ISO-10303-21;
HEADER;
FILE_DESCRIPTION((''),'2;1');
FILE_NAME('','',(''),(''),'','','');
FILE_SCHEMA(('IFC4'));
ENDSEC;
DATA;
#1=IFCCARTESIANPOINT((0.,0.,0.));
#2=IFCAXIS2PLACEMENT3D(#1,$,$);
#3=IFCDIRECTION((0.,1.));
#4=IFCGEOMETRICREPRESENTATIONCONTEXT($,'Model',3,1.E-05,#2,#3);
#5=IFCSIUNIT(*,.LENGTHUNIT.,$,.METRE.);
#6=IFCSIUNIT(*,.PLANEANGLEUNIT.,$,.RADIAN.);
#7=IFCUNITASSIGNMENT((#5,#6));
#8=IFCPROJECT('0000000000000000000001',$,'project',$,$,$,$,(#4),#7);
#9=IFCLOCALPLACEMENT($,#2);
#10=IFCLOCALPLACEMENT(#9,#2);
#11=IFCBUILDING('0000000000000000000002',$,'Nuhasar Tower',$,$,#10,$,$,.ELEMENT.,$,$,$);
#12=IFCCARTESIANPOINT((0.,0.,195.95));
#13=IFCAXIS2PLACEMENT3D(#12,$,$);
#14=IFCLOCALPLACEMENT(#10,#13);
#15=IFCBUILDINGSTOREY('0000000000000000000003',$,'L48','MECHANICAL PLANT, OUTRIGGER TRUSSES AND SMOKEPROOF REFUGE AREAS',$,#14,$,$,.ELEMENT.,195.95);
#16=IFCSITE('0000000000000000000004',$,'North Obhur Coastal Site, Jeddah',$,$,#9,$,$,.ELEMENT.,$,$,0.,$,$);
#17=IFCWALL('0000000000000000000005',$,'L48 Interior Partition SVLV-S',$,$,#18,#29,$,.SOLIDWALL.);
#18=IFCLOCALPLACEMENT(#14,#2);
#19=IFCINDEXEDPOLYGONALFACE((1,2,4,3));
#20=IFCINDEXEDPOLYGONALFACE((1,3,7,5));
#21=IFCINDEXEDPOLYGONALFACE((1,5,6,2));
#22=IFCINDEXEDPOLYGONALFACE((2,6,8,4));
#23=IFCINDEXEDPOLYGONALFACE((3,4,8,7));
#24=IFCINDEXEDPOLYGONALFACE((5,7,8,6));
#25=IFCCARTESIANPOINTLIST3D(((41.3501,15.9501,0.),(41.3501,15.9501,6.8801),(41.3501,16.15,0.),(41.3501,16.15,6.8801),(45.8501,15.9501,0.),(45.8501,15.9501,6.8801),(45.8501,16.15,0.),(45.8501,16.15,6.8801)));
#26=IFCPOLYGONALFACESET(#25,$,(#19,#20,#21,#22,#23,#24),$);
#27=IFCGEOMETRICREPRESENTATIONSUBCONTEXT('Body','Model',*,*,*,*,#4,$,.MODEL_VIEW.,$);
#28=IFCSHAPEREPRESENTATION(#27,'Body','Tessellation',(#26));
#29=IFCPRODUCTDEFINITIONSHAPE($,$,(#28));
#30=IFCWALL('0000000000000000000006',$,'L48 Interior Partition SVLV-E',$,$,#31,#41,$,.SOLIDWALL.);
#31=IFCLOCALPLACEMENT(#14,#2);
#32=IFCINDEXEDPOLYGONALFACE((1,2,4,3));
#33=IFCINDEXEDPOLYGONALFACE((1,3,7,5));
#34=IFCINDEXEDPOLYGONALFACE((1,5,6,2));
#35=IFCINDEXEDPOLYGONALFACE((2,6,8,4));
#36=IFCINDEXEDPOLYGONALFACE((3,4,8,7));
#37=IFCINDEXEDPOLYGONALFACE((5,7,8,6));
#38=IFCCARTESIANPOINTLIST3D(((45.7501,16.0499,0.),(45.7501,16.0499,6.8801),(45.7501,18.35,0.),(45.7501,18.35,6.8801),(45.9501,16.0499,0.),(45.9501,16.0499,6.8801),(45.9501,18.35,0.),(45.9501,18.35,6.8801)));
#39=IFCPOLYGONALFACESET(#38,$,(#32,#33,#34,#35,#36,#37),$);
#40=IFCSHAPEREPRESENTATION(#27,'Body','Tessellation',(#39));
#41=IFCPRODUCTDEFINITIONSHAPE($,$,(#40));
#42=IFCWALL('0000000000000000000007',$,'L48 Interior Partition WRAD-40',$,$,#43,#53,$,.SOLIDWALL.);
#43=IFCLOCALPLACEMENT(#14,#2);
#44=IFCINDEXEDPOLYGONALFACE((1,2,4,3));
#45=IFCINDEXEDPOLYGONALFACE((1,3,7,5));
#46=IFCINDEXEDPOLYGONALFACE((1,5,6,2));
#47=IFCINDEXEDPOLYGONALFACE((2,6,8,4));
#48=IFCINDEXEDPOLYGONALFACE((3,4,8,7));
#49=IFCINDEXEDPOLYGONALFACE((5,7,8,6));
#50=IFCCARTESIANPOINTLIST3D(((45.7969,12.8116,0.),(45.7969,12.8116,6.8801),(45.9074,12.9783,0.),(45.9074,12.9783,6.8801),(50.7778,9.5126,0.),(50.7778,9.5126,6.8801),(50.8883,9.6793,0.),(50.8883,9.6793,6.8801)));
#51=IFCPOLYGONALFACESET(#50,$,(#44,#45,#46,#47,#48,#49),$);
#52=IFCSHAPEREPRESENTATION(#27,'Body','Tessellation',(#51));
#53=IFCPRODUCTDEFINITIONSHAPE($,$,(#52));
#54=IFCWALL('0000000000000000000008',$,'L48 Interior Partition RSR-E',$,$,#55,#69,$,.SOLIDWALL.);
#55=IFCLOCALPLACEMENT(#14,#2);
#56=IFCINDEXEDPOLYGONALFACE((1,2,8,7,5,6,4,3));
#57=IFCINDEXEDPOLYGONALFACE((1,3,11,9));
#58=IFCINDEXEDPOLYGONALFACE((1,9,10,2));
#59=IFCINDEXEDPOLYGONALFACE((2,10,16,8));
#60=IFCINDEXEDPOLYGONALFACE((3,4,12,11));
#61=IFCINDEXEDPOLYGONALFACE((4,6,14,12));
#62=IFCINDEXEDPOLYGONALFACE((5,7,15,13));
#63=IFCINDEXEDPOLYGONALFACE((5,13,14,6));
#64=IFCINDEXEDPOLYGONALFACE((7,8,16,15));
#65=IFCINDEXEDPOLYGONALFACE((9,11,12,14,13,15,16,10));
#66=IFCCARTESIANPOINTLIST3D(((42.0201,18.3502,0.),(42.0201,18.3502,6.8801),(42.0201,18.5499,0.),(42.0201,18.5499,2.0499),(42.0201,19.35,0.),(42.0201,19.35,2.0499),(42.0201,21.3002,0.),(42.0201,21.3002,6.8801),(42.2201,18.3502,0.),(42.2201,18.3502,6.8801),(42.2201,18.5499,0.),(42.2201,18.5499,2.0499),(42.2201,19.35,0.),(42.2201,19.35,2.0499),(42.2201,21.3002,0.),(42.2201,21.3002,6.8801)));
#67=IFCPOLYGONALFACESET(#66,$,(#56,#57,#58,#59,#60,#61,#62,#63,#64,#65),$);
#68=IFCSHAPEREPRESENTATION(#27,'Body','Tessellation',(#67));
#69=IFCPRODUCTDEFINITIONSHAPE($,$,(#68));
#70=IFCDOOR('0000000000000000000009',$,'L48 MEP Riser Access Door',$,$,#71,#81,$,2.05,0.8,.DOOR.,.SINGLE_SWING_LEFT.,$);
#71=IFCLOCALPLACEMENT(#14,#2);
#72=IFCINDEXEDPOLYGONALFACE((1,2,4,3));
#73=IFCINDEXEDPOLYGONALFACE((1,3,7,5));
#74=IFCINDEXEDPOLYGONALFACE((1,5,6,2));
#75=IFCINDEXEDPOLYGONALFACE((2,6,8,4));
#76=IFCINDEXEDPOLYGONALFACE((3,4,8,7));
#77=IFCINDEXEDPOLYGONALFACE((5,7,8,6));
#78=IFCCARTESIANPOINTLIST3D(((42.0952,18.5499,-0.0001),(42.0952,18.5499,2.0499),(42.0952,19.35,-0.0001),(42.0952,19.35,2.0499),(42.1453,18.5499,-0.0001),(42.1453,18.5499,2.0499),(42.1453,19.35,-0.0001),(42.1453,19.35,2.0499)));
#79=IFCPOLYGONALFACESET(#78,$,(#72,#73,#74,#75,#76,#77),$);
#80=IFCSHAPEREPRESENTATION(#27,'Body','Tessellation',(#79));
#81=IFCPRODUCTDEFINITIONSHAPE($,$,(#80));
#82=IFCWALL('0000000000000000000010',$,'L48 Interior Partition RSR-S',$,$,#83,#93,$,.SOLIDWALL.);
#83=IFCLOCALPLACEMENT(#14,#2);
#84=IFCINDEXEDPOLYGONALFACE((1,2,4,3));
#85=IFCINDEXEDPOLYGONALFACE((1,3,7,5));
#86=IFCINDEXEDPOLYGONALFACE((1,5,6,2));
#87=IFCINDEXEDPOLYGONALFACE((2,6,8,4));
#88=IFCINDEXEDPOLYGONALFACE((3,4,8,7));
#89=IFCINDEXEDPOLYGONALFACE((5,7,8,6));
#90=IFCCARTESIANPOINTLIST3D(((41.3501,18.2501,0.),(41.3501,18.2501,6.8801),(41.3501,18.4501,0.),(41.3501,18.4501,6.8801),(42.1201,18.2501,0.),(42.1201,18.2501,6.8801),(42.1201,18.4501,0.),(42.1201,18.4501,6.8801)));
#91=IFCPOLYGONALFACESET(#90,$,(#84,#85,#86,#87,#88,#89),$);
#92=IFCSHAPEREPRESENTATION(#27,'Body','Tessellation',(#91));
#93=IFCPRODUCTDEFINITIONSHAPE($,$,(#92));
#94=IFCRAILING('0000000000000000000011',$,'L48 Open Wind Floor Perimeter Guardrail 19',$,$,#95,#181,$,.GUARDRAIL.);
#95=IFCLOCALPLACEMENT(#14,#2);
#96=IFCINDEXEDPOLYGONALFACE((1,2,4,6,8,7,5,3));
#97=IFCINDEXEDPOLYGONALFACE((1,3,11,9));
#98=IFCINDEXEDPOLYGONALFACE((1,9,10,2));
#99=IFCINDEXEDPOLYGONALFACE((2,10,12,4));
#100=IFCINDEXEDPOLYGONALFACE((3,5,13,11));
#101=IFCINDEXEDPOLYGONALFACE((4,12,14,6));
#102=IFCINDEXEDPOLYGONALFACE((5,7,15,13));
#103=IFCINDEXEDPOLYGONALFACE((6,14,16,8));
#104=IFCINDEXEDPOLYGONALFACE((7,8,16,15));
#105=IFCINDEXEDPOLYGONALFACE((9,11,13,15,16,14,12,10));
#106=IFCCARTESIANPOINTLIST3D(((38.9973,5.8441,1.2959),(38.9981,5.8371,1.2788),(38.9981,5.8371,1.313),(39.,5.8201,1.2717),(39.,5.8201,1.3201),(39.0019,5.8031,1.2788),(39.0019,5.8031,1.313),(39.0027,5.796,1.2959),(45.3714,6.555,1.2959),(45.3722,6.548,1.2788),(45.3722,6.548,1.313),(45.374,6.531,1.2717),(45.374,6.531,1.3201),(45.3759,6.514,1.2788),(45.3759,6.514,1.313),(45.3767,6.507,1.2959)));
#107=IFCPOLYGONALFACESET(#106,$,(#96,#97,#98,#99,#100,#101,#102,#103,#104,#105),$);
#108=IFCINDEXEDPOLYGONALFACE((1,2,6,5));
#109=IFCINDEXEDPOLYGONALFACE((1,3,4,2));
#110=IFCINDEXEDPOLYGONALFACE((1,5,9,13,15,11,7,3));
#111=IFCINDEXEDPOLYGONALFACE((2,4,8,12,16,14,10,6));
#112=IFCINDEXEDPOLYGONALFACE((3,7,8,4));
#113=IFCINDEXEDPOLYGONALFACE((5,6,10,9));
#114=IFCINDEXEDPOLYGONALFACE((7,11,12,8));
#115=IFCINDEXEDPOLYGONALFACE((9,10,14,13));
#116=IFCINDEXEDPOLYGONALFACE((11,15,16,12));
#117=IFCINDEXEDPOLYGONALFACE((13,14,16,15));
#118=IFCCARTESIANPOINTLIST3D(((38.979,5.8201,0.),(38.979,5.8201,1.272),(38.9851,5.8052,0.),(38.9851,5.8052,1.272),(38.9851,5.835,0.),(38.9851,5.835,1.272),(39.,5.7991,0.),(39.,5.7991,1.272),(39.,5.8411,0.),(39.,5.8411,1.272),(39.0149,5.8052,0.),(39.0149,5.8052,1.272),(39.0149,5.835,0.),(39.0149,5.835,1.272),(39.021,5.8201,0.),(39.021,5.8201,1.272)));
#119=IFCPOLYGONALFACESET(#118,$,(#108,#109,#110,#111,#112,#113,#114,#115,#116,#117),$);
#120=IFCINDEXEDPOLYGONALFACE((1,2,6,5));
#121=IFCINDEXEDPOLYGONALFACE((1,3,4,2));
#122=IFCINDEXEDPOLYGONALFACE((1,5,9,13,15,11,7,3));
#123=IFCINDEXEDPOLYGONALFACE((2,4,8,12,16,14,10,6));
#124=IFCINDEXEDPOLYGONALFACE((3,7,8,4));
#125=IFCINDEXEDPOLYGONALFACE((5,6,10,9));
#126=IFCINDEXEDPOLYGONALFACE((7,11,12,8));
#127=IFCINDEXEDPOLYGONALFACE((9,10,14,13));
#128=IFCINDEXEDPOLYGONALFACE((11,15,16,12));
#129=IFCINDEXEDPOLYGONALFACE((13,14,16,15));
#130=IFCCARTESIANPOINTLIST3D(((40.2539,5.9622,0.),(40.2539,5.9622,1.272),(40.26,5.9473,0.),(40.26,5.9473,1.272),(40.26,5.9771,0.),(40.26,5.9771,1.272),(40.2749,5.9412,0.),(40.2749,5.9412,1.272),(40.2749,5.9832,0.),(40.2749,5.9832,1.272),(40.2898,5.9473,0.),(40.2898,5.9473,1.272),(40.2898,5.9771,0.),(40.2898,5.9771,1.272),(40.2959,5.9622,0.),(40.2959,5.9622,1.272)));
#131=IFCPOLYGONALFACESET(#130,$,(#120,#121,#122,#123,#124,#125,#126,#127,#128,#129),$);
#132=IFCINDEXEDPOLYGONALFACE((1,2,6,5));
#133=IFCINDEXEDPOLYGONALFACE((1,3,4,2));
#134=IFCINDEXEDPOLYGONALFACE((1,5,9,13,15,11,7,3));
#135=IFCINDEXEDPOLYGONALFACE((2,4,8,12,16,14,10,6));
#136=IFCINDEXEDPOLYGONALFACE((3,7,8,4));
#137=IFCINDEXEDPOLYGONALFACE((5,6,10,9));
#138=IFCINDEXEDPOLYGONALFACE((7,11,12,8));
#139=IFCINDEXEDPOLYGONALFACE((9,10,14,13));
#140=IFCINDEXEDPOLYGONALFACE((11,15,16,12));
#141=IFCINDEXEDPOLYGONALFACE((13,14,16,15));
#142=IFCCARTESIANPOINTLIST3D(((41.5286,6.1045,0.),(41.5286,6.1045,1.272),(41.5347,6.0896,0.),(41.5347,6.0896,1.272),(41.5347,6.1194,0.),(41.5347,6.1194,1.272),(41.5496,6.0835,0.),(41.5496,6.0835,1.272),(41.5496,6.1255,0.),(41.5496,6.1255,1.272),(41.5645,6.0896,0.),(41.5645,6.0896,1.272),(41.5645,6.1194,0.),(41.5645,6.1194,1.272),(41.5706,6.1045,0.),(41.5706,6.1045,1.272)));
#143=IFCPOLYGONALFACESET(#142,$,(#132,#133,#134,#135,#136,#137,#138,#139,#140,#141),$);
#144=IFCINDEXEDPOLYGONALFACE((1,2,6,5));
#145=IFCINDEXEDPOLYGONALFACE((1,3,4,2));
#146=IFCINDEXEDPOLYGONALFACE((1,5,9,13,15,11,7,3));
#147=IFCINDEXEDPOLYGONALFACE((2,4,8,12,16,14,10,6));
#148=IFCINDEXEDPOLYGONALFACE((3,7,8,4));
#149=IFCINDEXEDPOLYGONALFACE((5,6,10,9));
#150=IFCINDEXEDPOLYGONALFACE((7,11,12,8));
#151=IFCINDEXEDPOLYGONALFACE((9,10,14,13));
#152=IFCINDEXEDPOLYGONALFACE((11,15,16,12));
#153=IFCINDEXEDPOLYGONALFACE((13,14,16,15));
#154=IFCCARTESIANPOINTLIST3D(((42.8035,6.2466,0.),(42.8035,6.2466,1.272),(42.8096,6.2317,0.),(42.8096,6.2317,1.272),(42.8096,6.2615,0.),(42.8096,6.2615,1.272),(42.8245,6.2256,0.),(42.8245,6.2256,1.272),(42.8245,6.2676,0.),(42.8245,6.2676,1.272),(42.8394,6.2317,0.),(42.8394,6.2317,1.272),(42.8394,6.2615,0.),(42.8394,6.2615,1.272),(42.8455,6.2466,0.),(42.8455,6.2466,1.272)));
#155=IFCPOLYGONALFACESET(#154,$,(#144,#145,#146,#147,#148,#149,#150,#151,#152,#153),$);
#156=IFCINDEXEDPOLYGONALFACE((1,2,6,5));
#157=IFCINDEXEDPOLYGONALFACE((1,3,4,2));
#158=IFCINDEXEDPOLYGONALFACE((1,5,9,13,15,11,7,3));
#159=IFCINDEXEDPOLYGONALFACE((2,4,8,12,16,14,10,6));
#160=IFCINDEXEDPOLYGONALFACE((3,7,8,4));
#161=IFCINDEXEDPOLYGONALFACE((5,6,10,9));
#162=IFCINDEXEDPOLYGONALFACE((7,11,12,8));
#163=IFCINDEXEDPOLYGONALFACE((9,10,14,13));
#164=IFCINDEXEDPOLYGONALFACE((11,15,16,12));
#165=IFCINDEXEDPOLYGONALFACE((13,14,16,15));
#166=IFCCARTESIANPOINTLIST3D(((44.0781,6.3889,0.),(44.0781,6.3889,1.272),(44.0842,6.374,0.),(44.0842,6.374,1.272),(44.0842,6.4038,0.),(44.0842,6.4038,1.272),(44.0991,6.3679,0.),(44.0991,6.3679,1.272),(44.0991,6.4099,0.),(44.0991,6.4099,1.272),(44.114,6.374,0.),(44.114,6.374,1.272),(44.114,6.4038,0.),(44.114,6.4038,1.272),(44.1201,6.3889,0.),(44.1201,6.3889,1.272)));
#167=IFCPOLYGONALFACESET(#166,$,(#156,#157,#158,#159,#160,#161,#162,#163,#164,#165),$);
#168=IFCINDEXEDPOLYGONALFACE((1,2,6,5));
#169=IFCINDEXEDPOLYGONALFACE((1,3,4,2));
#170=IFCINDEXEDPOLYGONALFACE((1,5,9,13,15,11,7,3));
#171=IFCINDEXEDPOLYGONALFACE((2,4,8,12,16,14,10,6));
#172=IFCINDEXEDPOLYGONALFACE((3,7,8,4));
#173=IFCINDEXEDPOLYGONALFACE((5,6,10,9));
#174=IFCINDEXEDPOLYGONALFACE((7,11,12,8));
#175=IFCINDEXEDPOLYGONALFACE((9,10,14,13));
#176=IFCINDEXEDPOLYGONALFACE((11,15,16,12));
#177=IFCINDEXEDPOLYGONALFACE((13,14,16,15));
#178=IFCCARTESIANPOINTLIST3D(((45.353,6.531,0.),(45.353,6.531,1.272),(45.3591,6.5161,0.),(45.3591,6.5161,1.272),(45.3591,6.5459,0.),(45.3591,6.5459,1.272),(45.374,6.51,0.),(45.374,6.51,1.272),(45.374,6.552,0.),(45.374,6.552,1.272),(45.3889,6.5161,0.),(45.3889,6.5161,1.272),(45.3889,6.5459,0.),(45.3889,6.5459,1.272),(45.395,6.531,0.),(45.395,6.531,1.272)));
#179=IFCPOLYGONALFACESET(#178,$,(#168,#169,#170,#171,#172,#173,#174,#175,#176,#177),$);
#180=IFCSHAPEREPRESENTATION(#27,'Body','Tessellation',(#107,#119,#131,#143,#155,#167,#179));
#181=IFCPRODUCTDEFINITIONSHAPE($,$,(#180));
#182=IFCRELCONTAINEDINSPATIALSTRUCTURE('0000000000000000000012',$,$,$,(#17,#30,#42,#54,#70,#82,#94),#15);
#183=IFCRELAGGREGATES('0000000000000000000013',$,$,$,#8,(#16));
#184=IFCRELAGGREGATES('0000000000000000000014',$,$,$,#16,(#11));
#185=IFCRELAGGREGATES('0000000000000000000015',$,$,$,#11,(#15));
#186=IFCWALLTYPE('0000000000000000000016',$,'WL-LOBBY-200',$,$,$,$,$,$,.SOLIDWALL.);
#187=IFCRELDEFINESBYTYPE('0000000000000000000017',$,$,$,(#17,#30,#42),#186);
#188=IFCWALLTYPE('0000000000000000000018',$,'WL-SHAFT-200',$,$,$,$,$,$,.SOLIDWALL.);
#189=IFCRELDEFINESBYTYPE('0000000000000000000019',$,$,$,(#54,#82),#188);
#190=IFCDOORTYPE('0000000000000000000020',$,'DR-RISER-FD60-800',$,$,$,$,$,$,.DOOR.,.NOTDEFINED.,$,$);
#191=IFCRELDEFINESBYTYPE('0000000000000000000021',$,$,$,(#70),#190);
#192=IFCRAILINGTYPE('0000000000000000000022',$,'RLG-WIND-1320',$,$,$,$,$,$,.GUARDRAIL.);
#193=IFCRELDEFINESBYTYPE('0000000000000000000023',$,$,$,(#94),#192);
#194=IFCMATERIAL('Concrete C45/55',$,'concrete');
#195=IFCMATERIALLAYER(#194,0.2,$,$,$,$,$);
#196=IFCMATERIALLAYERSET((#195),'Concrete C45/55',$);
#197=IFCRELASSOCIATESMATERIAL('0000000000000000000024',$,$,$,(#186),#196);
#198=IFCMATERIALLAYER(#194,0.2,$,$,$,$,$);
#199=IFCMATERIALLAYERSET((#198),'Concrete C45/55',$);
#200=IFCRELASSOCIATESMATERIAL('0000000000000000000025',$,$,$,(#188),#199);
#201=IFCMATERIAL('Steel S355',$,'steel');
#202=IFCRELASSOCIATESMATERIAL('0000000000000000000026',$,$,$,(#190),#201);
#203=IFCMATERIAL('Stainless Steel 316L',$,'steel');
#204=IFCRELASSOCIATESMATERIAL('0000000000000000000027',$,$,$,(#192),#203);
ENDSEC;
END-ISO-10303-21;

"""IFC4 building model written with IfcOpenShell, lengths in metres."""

from ifc_helpers import new_model, si_unit, direction, frame, frame_2d, origin, place, context, subcontext, project, spatial, polyline, rectangle, outline, extrude, material, layer, layer_set, type_object, element, fill, save


model = new_model("IFC4")

# Units and contexts
model_context = context("Model", 3, precision=1e-05, world=origin(), true_north=direction((0.0, 1.0)))
body_context = subcontext(model_context, "Body", "Model", "MODEL_VIEW")
ifc_project = project(units=[si_unit("LENGTHUNIT", "METRE"), si_unit("PLANEANGLEUNIT", "RADIAN")], contexts=[model_context])

# Site, building, storey
site_placement = place(None, origin())
site = spatial("IfcSite", under=ifc_project, at=site_placement, Name="North Obhur Coastal Site, Jeddah", CompositionType="ELEMENT", RefElevation=0.0)
building_placement = place(site_placement, origin())
building = spatial("IfcBuilding", under=site, at=building_placement, Name="Nuhasar Tower", CompositionType="ELEMENT")
storey_placement = place(building_placement, frame((0.0, 0.0, 195.95)))
storey = spatial("IfcBuildingStorey", under=building, at=storey_placement, Name="L48", Description="MECHANICAL PLANT, OUTRIGGER TRUSSES AND SMOKEPROOF REFUGE AREAS", CompositionType="ELEMENT", Elevation=195.95)

# Shared definitions
ifc_material_1 = material(Name="Steel S355", Category="steel")

# Shared definitions
ifc_material_2 = material(Name="Concrete C45/55", Category="concrete")
ifc_layer_1 = layer(ifc_material_2, 0.2)
ifc_layer_set_1 = layer_set([ifc_layer_1], Name="Concrete C45/55")
wall_type_1 = type_object("IfcWallType", Name="WL-LOBBY-200", PredefinedType="SOLIDWALL", material=ifc_layer_set_1)

# Walls
wall_1_placement = place(storey_placement, frame((41.3501, 16.05, 0.0), z_axis=(0.0, 0.0, 1.0), x_axis=(1.0, 0.0, 0.0)))
element("IfcWall", 1, at=wall_1_placement, inside=storey, type_object=wall_type_1, Name="L48 Interior Partition SVLV-S", PredefinedType="SOLIDWALL", context=body_context, shape_type="SweptSolid", body=[
    extrude(rectangle(XDim=4.5, YDim=0.2, at=frame_2d((2.25, 0.0))), origin(), (0.0, 0.0, 1.0), 6.8801),
])
wall_2_placement = place(storey_placement, frame((45.8501, 16.05, 0.0), z_axis=(0.0, 0.0, 1.0), x_axis=(0.0, 1.0, 0.0)))
element("IfcWall", 2, at=wall_2_placement, inside=storey, type_object=wall_type_1, Name="L48 Interior Partition SVLV-E", PredefinedType="SOLIDWALL", context=body_context, shape_type="SweptSolid", body=[
    extrude(rectangle(XDim=2.3, YDim=0.2, at=frame_2d((1.1499, 0.0))), origin(), (0.0, 0.0, 1.0), 6.8801),
])
wall_3_placement = place(storey_placement, frame((45.8521, 12.895, 0.0), z_axis=(0.0, 0.0, 1.0), x_axis=(0.833713, -0.552199, 0.0)))
element("IfcWall", 3, at=wall_3_placement, inside=storey, type_object=wall_type_1, Name="L48 Interior Partition WRAD-40", PredefinedType="SOLIDWALL", context=body_context, shape_type="SweptSolid", body=[
    extrude(rectangle(XDim=5.9744, YDim=0.2, at=frame_2d((2.9873, 0.0))), origin(), (0.0, 0.0, 1.0), 6.8801),
])

# Wall, opening, door
ifc_layer_2 = layer(ifc_material_2, 0.2)
ifc_layer_set_2 = layer_set([ifc_layer_2], Name="Concrete C45/55")
wall_type_2 = type_object("IfcWallType", Name="WL-SHAFT-200", PredefinedType="SOLIDWALL", material=ifc_layer_set_2)
wall_4_placement = place(storey_placement, frame((42.1201, 18.3501, 0.0), z_axis=(0.0, 0.0, 1.0), x_axis=(0.0, 1.0, 0.0)))
wall_4 = element("IfcWall", 4, at=wall_4_placement, inside=storey, type_object=wall_type_2, Name="L48 Interior Partition RSR-E", PredefinedType="SOLIDWALL", context=body_context, shape_type="SweptSolid", body=[
    extrude(rectangle(XDim=2.95, YDim=0.2, at=frame_2d((1.4751, 0.0))), origin(), (0.0, 0.0, 1.0), 6.8801),
])
opening_1_placement = place(wall_4_placement, frame((0.2, 0.0, 0.0)))
opening_1 = element("IfcOpeningElement", 5, at=opening_1_placement, cuts=wall_4, PredefinedType="OPENING", context=body_context, shape_type="SweptSolid", body=[
    extrude(rectangle(XDim=0.8, YDim=2.05, at=frame_2d((0.3999, 1.0249))), frame((0.0, 0.1099, 0.0), z_axis=(0.0, -1.0, 0.0), x_axis=(1.0, 0.0, 0.0)), (0.0, 0.0, 1.0), 0.22),
])
door_type_1 = type_object("IfcDoorType", Name="DR-RISER-FD60-800", OperationType="NOTDEFINED", PredefinedType="DOOR", material=ifc_material_1)
door_1_placement = place(opening_1_placement, origin())
door_1 = element("IfcDoor", 6, at=door_1_placement, inside=storey, type_object=door_type_1, Name="L48 MEP Riser Access Door", OperationType="SINGLE_SWING_LEFT", OverallHeight=2.05, OverallWidth=0.8, PredefinedType="DOOR", context=body_context, shape_type="SweptSolid", body=[
    extrude(rectangle(XDim=0.8, YDim=2.05, at=frame_2d((0.3999, 1.0249))), frame((0.0, 0.0249, 0.0), z_axis=(0.0, -1.0, 0.0), x_axis=(1.0, 0.0, 0.0)), (0.0, 0.0, 1.0), 0.05),
])
fill(opening_1, door_1)

# Wall
wall_5_placement = place(storey_placement, frame((41.3501, 18.3501, 0.0), z_axis=(0.0, 0.0, 1.0), x_axis=(1.0, 0.0, 0.0)))
element("IfcWall", 7, at=wall_5_placement, inside=storey, type_object=wall_type_2, Name="L48 Interior Partition RSR-S", PredefinedType="SOLIDWALL", context=body_context, shape_type="SweptSolid", body=[
    extrude(rectangle(XDim=0.77, YDim=0.2, at=frame_2d((0.385, 0.0))), origin(), (0.0, 0.0, 1.0), 6.8801),
])

# Railing
ifc_material_3 = material(Name="Stainless Steel 316L", Category="steel")
railing_type = type_object("IfcRailingType", Name="RLG-WIND-1320", PredefinedType="GUARDRAIL", material=ifc_material_3)
railing_1_placement = place(storey_placement, frame((39.0, 5.8201, 0.0)))
element("IfcRailing", 8, at=railing_1_placement, inside=storey, type_object=railing_type, Name="L48 Open Wind Floor Perimeter Guardrail 19", PredefinedType="GUARDRAIL", context=body_context, shape_type="SweptSolid", body=[
    extrude(outline(polyline([(0.0242, 0.0), (0.0171, 0.0171), (0.0, 0.0242), (-0.0171, 0.0171), (-0.0242, 0.0), (-0.0171, -0.0171), (0.0, -0.0242), (0.0171, -0.0171), (0.0242, 0.0)])), frame((0.0, 0.0, 1.2959), z_axis=(0.993837, 0.110849, 0.0), x_axis=(-0.110849, 0.993837, 0.0)), (0.0, 0.0, 1.0), 6.4136),
    extrude(outline(polyline([(0.021, 0.0), (0.0149, 0.0149), (0.0, 0.021), (-0.0149, 0.0149), (-0.021, 0.0), (-0.0149, -0.0149), (0.0, -0.021), (0.0149, -0.0149), (0.021, 0.0)])), origin(), (0.0, 0.0, 1.0), 1.272),
    extrude(outline(polyline([(0.021, 0.0), (0.0149, 0.0149), (0.0, 0.021), (-0.0149, 0.0149), (-0.021, 0.0), (-0.0149, -0.0149), (0.0, -0.021), (0.0149, -0.0149), (0.021, 0.0)])), frame((1.2749, 0.1421, 0.0)), (0.0, 0.0, 1.0), 1.272),
    extrude(outline(polyline([(0.021, 0.0), (0.0149, 0.0149), (0.0, 0.021), (-0.0149, 0.0149), (-0.021, 0.0), (-0.0149, -0.0149), (0.0, -0.021), (0.0149, -0.0149), (0.021, 0.0)])), frame((2.5496, 0.2844, 0.0)), (0.0, 0.0, 1.0), 1.272),
    extrude(outline(polyline([(0.021, 0.0), (0.0149, 0.0149), (0.0, 0.021), (-0.0149, 0.0149), (-0.021, 0.0), (-0.0149, -0.0149), (0.0, -0.021), (0.0149, -0.0149), (0.021, 0.0)])), frame((3.8245, 0.4265, 0.0)), (0.0, 0.0, 1.0), 1.272),
    extrude(outline(polyline([(0.021, 0.0), (0.0149, 0.0149), (0.0, 0.021), (-0.0149, 0.0149), (-0.021, 0.0), (-0.0149, -0.0149), (0.0, -0.021), (0.0149, -0.0149), (0.021, 0.0)])), frame((5.0991, 0.5688, 0.0)), (0.0, 0.0, 1.0), 1.272),
    extrude(outline(polyline([(0.021, 0.0), (0.0149, 0.0149), (0.0, 0.021), (-0.0149, 0.0149), (-0.021, 0.0), (-0.0149, -0.0149), (0.0, -0.021), (0.0149, -0.0149), (0.021, 0.0)])), frame((6.374, 0.7109, 0.0)), (0.0, 0.0, 1.0), 1.272),
])

save(model, "model.ifc")
